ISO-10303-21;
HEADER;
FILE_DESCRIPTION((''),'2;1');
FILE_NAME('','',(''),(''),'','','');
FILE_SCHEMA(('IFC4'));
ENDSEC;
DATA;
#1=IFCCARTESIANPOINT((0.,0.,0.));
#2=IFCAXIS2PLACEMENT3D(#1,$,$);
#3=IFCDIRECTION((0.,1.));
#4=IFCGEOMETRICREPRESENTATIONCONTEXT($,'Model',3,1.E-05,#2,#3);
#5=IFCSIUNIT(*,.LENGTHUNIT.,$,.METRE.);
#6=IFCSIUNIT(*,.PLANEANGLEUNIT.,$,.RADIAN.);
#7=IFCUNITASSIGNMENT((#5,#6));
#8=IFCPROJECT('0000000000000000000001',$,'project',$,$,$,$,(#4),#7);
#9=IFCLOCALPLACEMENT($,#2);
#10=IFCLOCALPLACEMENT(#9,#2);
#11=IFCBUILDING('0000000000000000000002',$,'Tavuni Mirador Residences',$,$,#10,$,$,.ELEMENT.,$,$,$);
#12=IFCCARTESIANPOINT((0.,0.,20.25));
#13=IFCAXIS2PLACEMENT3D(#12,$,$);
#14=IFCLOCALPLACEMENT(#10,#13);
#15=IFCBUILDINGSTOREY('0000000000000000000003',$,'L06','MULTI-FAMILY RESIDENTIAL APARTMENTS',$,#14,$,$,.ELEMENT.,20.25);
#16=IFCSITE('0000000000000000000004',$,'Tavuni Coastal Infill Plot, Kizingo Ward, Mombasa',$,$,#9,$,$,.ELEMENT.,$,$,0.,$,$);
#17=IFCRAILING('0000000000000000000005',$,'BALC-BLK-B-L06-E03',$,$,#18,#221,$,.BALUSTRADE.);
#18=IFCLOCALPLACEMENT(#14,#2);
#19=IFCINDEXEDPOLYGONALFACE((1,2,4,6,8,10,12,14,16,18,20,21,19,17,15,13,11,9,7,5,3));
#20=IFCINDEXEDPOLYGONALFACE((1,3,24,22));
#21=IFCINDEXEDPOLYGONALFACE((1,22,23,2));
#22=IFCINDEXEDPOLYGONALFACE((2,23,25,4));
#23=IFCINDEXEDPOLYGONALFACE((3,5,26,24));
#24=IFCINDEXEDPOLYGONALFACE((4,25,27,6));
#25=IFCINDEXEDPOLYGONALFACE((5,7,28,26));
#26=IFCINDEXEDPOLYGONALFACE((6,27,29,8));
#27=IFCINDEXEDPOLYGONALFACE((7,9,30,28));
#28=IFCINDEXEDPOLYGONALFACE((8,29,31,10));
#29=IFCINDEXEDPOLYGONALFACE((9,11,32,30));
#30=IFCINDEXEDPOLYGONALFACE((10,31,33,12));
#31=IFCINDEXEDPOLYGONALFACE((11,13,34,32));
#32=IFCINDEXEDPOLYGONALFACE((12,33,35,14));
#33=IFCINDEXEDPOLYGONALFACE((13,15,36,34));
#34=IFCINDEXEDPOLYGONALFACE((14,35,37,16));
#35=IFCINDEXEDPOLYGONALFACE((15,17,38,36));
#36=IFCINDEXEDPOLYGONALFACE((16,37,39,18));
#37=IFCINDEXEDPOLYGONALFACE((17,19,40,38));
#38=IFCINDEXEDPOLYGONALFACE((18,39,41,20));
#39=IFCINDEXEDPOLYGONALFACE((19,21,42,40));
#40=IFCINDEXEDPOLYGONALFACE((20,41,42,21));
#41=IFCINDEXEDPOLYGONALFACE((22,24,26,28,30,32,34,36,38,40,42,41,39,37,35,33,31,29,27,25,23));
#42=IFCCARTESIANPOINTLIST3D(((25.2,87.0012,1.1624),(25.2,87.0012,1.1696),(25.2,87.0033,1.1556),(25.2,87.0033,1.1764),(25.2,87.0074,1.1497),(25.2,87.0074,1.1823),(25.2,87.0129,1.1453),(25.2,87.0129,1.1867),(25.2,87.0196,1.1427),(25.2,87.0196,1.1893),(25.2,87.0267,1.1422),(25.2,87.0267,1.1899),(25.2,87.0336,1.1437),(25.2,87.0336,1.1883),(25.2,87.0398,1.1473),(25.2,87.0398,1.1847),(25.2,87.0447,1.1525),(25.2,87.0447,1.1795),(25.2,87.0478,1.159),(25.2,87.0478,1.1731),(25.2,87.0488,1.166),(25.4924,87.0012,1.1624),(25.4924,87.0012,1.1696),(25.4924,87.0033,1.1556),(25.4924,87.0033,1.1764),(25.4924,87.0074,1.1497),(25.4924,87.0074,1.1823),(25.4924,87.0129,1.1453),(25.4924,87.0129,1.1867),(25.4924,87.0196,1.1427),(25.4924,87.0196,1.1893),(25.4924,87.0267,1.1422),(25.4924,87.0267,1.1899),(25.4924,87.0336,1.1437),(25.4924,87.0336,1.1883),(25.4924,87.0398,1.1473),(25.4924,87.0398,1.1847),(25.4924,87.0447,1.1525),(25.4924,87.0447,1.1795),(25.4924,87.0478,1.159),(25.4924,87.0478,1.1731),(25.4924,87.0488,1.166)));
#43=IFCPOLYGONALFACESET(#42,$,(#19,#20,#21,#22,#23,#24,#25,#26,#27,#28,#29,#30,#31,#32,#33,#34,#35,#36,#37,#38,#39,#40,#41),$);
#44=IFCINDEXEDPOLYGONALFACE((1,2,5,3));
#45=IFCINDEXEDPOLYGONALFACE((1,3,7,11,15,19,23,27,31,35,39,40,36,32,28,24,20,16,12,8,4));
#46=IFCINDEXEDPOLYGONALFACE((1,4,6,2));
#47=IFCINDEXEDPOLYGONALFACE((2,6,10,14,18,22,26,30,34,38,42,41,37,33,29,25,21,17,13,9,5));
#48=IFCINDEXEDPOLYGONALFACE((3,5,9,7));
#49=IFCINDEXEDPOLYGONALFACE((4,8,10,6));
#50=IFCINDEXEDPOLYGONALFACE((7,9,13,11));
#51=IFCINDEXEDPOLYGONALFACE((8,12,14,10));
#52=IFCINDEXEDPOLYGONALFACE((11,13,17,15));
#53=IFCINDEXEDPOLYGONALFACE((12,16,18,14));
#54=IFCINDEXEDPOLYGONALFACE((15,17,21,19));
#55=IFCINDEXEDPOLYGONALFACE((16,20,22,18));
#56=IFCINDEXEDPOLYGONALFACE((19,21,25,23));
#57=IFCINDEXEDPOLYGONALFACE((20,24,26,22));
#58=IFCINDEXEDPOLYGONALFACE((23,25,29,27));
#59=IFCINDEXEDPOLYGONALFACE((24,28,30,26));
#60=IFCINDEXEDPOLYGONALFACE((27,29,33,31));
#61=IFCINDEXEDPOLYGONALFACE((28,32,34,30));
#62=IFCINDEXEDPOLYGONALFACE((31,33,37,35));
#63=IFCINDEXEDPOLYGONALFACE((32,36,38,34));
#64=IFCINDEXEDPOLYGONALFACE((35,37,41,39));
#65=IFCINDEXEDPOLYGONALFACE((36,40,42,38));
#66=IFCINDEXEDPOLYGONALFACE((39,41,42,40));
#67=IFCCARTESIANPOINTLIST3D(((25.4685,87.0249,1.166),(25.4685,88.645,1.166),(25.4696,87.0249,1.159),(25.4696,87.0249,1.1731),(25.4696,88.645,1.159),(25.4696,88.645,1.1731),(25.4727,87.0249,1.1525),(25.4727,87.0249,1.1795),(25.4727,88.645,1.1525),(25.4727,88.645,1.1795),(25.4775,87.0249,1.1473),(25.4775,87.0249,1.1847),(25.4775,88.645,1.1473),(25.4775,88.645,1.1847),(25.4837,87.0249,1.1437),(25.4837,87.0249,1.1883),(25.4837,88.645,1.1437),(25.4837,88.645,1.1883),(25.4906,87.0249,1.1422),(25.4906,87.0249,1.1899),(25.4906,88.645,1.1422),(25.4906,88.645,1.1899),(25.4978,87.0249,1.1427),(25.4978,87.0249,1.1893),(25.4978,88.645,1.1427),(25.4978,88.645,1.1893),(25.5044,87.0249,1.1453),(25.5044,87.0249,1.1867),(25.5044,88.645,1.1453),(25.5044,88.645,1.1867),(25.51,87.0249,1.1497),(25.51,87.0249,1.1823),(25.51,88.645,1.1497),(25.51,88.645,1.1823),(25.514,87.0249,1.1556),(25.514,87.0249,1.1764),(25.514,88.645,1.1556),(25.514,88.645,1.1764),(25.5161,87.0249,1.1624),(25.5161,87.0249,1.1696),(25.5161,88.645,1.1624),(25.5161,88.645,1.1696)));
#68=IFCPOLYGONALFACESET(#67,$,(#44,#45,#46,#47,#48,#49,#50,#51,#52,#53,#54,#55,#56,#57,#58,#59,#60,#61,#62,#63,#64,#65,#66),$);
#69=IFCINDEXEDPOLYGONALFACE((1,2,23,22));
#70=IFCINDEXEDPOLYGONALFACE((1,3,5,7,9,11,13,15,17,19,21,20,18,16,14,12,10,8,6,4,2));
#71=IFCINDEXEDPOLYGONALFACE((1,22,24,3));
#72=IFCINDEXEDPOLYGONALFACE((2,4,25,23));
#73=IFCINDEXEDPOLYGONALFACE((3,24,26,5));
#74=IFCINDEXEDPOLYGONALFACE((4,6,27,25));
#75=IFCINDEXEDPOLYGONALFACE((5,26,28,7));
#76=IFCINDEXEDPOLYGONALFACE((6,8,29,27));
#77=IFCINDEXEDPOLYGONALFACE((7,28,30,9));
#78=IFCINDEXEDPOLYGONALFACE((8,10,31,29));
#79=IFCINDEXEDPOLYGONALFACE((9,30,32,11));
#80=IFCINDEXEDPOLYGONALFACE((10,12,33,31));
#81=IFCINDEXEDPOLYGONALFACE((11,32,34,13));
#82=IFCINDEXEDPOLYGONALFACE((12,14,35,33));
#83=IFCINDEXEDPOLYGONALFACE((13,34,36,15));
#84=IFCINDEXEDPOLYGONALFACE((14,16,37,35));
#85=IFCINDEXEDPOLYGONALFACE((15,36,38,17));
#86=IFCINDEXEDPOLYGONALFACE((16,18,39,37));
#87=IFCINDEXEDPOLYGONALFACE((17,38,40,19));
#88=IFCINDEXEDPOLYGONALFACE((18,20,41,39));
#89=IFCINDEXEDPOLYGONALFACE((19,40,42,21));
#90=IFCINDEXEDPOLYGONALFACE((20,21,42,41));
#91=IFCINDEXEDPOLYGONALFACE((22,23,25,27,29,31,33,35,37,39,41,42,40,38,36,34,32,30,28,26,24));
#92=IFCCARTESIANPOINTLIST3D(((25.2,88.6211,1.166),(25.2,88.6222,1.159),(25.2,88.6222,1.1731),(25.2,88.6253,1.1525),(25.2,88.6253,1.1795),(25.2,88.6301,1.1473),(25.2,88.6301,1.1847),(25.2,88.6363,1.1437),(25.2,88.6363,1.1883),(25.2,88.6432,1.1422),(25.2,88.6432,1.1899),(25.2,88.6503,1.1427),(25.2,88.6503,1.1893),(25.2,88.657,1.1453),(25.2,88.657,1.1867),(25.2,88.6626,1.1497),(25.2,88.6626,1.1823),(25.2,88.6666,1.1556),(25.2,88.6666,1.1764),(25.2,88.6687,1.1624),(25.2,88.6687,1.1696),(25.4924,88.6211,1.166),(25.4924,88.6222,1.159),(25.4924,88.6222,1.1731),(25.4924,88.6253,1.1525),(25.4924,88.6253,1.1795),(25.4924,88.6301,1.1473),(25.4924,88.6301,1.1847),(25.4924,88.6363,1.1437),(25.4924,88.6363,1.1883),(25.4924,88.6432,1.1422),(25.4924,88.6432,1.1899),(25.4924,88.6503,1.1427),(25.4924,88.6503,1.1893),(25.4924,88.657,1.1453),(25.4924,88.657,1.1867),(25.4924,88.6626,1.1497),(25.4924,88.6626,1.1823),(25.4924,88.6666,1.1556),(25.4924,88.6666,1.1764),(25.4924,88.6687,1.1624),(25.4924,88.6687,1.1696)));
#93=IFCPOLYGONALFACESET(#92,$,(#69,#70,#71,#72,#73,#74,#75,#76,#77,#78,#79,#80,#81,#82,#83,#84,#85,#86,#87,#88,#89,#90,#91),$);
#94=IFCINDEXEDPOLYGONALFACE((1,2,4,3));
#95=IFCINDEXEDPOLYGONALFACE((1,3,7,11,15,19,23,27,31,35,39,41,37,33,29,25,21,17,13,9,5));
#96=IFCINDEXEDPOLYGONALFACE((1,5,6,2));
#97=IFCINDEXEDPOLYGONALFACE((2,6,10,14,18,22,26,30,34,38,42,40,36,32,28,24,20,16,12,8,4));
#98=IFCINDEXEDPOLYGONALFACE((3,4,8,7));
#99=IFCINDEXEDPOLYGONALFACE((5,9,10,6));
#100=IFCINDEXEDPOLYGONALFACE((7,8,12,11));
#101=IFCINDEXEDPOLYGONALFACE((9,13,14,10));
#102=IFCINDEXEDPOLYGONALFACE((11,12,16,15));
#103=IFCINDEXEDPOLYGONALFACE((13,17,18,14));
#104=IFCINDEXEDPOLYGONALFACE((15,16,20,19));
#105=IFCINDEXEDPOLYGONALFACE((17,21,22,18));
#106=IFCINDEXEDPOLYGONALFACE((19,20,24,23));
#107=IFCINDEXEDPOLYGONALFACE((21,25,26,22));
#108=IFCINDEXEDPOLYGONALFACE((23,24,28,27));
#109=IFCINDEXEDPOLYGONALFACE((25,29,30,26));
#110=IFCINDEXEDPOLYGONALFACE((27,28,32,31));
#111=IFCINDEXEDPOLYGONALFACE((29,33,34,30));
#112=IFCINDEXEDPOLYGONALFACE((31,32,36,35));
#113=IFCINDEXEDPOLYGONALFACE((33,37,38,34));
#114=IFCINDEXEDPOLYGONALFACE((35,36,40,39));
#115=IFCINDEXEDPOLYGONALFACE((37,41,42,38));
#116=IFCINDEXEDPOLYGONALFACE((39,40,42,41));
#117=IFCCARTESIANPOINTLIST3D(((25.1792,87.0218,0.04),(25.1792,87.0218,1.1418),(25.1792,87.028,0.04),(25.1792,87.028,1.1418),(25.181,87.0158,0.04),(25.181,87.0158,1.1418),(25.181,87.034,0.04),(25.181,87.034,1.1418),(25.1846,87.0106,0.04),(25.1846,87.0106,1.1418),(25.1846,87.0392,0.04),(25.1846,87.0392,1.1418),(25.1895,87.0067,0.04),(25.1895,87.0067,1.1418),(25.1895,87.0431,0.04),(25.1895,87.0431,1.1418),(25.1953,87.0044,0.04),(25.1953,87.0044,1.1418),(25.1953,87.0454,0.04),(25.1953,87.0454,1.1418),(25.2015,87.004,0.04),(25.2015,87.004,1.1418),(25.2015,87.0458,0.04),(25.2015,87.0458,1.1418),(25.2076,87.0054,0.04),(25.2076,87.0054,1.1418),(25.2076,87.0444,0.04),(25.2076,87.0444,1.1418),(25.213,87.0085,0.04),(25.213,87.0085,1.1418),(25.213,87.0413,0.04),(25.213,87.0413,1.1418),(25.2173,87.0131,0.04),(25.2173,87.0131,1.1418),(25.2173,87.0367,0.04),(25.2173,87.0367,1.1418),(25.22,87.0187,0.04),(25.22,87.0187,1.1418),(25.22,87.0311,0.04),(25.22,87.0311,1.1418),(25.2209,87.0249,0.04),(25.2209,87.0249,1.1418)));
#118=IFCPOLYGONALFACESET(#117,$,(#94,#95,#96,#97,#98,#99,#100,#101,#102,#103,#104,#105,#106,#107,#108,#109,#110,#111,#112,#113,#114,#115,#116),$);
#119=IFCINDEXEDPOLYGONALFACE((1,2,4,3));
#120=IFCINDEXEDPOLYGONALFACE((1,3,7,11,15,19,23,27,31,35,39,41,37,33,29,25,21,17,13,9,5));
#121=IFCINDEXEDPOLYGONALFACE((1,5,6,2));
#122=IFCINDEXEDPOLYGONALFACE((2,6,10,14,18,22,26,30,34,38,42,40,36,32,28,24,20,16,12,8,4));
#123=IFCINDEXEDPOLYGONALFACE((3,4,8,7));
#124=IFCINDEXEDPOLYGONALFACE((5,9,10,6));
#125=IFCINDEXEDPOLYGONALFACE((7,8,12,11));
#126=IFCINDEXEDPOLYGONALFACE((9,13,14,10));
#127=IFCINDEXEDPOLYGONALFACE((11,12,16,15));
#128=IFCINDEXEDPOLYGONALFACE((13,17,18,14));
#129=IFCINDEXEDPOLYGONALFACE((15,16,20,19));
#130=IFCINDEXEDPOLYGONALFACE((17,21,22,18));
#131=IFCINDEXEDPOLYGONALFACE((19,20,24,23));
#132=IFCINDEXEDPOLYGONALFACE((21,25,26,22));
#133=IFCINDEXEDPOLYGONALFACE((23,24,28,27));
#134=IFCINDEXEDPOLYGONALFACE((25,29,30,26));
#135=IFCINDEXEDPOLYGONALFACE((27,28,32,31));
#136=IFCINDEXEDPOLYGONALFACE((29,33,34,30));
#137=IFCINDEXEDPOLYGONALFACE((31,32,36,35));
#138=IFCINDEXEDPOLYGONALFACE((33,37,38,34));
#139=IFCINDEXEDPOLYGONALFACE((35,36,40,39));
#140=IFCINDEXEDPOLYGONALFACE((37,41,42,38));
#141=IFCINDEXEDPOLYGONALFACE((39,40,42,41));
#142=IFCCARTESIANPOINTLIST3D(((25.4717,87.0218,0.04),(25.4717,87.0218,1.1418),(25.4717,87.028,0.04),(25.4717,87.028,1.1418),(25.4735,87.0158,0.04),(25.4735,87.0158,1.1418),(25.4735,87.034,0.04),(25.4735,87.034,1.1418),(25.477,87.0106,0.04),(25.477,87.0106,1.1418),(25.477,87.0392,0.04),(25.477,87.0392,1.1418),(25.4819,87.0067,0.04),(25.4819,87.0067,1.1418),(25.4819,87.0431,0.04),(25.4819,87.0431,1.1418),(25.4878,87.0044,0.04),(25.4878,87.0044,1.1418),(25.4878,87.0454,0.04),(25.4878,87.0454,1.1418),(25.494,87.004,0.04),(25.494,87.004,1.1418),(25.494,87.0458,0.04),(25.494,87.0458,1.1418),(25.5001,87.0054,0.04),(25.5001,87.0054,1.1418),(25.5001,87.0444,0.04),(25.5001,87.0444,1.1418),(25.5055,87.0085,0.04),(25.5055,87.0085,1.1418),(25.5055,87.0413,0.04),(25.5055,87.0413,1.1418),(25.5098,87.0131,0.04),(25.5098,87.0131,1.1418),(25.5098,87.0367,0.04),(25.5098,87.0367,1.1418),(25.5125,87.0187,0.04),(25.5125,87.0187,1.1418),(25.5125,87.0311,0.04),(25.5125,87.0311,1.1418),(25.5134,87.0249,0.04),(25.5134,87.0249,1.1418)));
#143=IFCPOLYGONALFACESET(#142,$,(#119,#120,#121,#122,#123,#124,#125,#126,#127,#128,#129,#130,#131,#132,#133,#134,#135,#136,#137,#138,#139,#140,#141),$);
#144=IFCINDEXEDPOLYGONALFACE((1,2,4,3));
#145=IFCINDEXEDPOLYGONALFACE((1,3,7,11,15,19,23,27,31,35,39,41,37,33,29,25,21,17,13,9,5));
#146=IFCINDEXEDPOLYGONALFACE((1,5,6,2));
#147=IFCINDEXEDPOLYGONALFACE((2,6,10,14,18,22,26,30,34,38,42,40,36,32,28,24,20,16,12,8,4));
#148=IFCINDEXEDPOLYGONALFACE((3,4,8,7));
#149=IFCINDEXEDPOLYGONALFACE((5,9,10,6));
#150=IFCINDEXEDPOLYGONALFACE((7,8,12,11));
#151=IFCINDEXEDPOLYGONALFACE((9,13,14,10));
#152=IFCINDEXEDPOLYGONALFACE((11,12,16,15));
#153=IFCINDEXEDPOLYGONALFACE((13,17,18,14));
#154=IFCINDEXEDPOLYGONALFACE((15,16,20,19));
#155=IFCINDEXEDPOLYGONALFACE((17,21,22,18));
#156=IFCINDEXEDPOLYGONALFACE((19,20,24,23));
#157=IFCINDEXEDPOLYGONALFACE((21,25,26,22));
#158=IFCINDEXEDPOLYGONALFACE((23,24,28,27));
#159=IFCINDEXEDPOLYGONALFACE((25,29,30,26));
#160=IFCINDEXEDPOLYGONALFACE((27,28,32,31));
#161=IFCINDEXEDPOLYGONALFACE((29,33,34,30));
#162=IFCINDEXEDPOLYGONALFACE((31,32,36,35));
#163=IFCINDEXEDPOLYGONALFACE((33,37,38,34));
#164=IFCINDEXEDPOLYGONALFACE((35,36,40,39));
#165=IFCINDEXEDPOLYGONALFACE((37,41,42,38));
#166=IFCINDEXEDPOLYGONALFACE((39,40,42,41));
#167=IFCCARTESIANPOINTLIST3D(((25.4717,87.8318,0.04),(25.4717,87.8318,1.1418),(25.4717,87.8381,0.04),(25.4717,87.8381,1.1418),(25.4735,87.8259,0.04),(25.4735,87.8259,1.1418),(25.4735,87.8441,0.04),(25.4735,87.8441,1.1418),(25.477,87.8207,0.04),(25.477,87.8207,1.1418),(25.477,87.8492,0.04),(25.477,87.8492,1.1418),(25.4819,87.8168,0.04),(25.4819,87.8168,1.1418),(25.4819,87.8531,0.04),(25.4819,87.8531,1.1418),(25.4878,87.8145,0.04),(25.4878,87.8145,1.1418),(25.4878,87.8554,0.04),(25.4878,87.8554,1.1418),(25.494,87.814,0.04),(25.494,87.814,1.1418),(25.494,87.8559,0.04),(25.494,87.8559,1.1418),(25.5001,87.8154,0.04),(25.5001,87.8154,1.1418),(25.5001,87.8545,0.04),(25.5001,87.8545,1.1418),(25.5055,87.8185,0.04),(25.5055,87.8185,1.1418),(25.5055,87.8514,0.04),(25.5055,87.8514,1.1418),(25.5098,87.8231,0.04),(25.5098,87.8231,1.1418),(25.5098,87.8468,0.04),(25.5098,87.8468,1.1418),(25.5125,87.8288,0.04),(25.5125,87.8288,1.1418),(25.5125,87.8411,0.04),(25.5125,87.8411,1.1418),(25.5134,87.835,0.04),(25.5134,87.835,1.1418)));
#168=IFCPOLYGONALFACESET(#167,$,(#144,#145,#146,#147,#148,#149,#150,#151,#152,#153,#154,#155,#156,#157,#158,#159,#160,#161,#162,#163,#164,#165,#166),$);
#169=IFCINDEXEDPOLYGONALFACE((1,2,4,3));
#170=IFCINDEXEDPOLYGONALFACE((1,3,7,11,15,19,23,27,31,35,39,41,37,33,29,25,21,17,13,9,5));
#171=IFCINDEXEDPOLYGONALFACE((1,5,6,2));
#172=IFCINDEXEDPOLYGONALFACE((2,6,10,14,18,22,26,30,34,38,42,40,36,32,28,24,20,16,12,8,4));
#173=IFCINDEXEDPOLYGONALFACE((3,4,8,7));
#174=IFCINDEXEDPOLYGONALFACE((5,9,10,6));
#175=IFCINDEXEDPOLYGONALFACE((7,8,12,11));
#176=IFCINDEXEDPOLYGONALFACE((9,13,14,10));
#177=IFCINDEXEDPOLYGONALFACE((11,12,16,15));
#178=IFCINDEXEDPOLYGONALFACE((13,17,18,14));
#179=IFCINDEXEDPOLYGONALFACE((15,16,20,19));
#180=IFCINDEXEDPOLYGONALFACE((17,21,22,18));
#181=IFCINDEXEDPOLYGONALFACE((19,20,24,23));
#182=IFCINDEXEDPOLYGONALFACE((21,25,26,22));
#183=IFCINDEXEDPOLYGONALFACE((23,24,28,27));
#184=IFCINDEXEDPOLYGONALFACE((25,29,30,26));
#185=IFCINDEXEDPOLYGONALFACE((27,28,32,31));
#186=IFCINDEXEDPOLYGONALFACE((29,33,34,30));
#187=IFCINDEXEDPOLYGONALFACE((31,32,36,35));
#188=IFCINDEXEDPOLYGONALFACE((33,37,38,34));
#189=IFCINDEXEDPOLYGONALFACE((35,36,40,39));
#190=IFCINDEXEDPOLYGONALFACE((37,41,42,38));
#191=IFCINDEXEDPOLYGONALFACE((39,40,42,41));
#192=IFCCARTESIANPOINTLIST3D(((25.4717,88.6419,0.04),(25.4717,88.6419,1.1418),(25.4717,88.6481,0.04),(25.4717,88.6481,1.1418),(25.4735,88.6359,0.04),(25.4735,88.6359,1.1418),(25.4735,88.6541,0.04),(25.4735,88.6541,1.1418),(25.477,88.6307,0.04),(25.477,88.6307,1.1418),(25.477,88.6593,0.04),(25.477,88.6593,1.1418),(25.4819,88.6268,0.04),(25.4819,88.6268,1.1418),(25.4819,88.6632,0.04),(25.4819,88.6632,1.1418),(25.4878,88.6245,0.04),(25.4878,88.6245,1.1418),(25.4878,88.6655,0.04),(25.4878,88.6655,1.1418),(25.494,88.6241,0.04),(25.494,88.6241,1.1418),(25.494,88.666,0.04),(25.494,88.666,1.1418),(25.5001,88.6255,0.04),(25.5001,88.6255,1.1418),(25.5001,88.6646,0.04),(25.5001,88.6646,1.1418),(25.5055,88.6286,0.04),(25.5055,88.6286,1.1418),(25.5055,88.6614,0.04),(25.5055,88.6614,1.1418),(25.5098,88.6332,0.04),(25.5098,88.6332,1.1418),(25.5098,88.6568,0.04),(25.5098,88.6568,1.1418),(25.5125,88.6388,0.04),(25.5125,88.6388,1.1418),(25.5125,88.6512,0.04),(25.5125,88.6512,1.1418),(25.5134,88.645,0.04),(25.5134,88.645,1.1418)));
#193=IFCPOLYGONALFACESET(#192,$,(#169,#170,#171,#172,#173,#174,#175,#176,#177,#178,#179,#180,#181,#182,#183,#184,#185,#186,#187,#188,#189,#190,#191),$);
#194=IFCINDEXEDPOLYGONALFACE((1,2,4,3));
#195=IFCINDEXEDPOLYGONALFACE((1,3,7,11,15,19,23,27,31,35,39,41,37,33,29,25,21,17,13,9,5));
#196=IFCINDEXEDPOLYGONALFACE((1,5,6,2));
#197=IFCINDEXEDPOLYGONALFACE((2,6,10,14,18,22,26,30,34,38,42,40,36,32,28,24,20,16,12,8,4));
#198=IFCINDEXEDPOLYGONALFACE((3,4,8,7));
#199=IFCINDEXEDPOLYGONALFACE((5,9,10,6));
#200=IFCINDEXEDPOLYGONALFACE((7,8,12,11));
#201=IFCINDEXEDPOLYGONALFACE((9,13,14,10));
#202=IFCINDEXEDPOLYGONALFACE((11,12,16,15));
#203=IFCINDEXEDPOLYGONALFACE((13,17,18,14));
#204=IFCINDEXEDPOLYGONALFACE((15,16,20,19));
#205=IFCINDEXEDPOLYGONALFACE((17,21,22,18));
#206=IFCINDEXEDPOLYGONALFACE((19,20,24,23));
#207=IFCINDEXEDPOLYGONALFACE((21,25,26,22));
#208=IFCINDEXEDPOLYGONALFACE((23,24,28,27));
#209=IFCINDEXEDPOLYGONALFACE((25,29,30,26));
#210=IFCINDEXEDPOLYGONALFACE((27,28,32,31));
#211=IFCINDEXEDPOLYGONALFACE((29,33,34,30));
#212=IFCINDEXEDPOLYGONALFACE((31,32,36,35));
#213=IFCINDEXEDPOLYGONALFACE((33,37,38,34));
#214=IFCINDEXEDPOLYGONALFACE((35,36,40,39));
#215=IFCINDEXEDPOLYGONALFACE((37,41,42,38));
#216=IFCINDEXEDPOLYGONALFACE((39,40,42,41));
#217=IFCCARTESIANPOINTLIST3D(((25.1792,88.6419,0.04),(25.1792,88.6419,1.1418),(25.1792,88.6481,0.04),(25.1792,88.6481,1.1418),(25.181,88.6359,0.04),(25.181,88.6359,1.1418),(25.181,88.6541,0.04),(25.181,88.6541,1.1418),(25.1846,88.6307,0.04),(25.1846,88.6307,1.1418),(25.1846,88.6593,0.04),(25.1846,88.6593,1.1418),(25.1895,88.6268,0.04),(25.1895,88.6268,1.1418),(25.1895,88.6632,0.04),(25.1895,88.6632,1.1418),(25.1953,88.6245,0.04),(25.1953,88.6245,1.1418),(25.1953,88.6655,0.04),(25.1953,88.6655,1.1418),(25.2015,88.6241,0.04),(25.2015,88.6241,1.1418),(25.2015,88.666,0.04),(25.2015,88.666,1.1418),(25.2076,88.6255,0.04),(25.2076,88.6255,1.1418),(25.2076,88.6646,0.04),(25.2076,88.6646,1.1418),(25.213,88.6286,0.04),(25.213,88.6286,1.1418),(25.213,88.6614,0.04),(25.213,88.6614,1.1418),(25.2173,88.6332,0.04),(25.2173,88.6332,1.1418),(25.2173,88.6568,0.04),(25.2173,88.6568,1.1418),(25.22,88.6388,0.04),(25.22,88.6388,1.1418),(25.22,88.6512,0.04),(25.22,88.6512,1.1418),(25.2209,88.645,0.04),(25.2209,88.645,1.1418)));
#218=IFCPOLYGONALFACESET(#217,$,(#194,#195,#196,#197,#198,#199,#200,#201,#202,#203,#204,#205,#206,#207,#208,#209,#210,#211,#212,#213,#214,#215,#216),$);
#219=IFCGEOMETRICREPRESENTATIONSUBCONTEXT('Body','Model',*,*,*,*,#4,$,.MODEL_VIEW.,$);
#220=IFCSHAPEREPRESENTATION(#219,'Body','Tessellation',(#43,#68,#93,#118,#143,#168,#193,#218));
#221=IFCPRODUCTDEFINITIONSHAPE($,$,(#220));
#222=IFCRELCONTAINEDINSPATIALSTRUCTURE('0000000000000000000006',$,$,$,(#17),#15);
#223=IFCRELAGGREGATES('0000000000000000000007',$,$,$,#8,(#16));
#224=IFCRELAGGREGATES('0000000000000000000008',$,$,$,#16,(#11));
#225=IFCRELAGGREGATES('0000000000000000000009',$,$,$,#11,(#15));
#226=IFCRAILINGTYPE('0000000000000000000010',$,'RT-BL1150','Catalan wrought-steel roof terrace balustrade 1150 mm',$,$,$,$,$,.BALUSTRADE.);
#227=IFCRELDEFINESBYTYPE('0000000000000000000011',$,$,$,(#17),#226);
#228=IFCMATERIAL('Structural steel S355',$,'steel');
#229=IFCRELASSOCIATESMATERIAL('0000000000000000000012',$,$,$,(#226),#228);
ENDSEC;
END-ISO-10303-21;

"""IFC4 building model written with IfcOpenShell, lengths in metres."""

from ifc_helpers import new_model, si_unit, direction, frame, origin, origin_2d, place, context, subcontext, project, spatial, circle, extrude, material, type_object, element, save


model = new_model("IFC4")

# Units and contexts
model_context = context("Model", 3, precision=1e-05, world=origin(), true_north=direction((0.0, 1.0)))
body_context = subcontext(model_context, "Body", "Model", "MODEL_VIEW")
ifc_project = project(units=[si_unit("LENGTHUNIT", "METRE"), si_unit("PLANEANGLEUNIT", "RADIAN")], contexts=[model_context])

# Site, building, storey
site_placement = place(None, origin())
site = spatial("IfcSite", under=ifc_project, at=site_placement, Name="Tavuni Coastal Infill Plot, Kizingo Ward, Mombasa", CompositionType="ELEMENT", RefElevation=0.0)
building_placement = place(site_placement, origin())
building = spatial("IfcBuilding", under=site, at=building_placement, Name="Tavuni Mirador Residences", CompositionType="ELEMENT")
storey_placement = place(building_placement, frame((0.0, 0.0, 20.25)))
storey = spatial("IfcBuildingStorey", under=building, at=storey_placement, Name="L06", Description="MULTI-FAMILY RESIDENTIAL APARTMENTS", CompositionType="ELEMENT", Elevation=20.25)

# Railing
ifc_material_1 = material(Name="Structural steel S355", Category="steel")
railing_type_1 = type_object("IfcRailingType", Name="RT-BL1150", Description="Catalan wrought-steel roof terrace balustrade 1150 mm", PredefinedType="BALUSTRADE", material=ifc_material_1)
railing_1_placement = place(storey_placement, frame((25.2, 87.0249, 0.04)))
element("IfcRailing", 1, at=railing_1_placement, inside=storey, type_object=railing_type_1, Name="BALC-BLK-B-L06-E03", PredefinedType="BALUSTRADE", context=body_context, shape_type="SweptSolid", body=[
    extrude(circle(Radius=0.0239, at=origin_2d()), frame((0.0, 0.0, 1.126), z_axis=(1.0, 0.0, 0.0), x_axis=(0.0, 1.0, 0.0)), (0.0, 0.0, 1.0), 0.2925),
    extrude(circle(Radius=0.0239, at=origin_2d()), frame((0.2925, 0.0, 1.126), z_axis=(0.0, 1.0, 0.0), x_axis=(-1.0, 0.0, 0.0)), (0.0, 0.0, 1.0), 1.6201),
    extrude(circle(Radius=0.0239, at=origin_2d()), frame((0.2925, 1.6201, 1.126), z_axis=(-1.0, 0.0, 0.0), x_axis=(0.0, -1.0, 0.0)), (0.0, 0.0, 1.0), 0.2925),
    extrude(circle(Radius=0.021, at=origin_2d()), origin(), (0.0, 0.0, 1.0), 1.1018),
    extrude(circle(Radius=0.021, at=origin_2d()), frame((0.2925, 0.0, 0.0)), (0.0, 0.0, 1.0), 1.1018),
    extrude(circle(Radius=0.021, at=origin_2d()), frame((0.2925, 0.8101, 0.0)), (0.0, 0.0, 1.0), 1.1018),
    extrude(circle(Radius=0.021, at=origin_2d()), frame((0.2925, 1.6201, 0.0)), (0.0, 0.0, 1.0), 1.1018),
    extrude(circle(Radius=0.021, at=origin_2d()), frame((0.0, 1.6201, 0.0)), (0.0, 0.0, 1.0), 1.1018),
])

save(model, "model.ifc")
